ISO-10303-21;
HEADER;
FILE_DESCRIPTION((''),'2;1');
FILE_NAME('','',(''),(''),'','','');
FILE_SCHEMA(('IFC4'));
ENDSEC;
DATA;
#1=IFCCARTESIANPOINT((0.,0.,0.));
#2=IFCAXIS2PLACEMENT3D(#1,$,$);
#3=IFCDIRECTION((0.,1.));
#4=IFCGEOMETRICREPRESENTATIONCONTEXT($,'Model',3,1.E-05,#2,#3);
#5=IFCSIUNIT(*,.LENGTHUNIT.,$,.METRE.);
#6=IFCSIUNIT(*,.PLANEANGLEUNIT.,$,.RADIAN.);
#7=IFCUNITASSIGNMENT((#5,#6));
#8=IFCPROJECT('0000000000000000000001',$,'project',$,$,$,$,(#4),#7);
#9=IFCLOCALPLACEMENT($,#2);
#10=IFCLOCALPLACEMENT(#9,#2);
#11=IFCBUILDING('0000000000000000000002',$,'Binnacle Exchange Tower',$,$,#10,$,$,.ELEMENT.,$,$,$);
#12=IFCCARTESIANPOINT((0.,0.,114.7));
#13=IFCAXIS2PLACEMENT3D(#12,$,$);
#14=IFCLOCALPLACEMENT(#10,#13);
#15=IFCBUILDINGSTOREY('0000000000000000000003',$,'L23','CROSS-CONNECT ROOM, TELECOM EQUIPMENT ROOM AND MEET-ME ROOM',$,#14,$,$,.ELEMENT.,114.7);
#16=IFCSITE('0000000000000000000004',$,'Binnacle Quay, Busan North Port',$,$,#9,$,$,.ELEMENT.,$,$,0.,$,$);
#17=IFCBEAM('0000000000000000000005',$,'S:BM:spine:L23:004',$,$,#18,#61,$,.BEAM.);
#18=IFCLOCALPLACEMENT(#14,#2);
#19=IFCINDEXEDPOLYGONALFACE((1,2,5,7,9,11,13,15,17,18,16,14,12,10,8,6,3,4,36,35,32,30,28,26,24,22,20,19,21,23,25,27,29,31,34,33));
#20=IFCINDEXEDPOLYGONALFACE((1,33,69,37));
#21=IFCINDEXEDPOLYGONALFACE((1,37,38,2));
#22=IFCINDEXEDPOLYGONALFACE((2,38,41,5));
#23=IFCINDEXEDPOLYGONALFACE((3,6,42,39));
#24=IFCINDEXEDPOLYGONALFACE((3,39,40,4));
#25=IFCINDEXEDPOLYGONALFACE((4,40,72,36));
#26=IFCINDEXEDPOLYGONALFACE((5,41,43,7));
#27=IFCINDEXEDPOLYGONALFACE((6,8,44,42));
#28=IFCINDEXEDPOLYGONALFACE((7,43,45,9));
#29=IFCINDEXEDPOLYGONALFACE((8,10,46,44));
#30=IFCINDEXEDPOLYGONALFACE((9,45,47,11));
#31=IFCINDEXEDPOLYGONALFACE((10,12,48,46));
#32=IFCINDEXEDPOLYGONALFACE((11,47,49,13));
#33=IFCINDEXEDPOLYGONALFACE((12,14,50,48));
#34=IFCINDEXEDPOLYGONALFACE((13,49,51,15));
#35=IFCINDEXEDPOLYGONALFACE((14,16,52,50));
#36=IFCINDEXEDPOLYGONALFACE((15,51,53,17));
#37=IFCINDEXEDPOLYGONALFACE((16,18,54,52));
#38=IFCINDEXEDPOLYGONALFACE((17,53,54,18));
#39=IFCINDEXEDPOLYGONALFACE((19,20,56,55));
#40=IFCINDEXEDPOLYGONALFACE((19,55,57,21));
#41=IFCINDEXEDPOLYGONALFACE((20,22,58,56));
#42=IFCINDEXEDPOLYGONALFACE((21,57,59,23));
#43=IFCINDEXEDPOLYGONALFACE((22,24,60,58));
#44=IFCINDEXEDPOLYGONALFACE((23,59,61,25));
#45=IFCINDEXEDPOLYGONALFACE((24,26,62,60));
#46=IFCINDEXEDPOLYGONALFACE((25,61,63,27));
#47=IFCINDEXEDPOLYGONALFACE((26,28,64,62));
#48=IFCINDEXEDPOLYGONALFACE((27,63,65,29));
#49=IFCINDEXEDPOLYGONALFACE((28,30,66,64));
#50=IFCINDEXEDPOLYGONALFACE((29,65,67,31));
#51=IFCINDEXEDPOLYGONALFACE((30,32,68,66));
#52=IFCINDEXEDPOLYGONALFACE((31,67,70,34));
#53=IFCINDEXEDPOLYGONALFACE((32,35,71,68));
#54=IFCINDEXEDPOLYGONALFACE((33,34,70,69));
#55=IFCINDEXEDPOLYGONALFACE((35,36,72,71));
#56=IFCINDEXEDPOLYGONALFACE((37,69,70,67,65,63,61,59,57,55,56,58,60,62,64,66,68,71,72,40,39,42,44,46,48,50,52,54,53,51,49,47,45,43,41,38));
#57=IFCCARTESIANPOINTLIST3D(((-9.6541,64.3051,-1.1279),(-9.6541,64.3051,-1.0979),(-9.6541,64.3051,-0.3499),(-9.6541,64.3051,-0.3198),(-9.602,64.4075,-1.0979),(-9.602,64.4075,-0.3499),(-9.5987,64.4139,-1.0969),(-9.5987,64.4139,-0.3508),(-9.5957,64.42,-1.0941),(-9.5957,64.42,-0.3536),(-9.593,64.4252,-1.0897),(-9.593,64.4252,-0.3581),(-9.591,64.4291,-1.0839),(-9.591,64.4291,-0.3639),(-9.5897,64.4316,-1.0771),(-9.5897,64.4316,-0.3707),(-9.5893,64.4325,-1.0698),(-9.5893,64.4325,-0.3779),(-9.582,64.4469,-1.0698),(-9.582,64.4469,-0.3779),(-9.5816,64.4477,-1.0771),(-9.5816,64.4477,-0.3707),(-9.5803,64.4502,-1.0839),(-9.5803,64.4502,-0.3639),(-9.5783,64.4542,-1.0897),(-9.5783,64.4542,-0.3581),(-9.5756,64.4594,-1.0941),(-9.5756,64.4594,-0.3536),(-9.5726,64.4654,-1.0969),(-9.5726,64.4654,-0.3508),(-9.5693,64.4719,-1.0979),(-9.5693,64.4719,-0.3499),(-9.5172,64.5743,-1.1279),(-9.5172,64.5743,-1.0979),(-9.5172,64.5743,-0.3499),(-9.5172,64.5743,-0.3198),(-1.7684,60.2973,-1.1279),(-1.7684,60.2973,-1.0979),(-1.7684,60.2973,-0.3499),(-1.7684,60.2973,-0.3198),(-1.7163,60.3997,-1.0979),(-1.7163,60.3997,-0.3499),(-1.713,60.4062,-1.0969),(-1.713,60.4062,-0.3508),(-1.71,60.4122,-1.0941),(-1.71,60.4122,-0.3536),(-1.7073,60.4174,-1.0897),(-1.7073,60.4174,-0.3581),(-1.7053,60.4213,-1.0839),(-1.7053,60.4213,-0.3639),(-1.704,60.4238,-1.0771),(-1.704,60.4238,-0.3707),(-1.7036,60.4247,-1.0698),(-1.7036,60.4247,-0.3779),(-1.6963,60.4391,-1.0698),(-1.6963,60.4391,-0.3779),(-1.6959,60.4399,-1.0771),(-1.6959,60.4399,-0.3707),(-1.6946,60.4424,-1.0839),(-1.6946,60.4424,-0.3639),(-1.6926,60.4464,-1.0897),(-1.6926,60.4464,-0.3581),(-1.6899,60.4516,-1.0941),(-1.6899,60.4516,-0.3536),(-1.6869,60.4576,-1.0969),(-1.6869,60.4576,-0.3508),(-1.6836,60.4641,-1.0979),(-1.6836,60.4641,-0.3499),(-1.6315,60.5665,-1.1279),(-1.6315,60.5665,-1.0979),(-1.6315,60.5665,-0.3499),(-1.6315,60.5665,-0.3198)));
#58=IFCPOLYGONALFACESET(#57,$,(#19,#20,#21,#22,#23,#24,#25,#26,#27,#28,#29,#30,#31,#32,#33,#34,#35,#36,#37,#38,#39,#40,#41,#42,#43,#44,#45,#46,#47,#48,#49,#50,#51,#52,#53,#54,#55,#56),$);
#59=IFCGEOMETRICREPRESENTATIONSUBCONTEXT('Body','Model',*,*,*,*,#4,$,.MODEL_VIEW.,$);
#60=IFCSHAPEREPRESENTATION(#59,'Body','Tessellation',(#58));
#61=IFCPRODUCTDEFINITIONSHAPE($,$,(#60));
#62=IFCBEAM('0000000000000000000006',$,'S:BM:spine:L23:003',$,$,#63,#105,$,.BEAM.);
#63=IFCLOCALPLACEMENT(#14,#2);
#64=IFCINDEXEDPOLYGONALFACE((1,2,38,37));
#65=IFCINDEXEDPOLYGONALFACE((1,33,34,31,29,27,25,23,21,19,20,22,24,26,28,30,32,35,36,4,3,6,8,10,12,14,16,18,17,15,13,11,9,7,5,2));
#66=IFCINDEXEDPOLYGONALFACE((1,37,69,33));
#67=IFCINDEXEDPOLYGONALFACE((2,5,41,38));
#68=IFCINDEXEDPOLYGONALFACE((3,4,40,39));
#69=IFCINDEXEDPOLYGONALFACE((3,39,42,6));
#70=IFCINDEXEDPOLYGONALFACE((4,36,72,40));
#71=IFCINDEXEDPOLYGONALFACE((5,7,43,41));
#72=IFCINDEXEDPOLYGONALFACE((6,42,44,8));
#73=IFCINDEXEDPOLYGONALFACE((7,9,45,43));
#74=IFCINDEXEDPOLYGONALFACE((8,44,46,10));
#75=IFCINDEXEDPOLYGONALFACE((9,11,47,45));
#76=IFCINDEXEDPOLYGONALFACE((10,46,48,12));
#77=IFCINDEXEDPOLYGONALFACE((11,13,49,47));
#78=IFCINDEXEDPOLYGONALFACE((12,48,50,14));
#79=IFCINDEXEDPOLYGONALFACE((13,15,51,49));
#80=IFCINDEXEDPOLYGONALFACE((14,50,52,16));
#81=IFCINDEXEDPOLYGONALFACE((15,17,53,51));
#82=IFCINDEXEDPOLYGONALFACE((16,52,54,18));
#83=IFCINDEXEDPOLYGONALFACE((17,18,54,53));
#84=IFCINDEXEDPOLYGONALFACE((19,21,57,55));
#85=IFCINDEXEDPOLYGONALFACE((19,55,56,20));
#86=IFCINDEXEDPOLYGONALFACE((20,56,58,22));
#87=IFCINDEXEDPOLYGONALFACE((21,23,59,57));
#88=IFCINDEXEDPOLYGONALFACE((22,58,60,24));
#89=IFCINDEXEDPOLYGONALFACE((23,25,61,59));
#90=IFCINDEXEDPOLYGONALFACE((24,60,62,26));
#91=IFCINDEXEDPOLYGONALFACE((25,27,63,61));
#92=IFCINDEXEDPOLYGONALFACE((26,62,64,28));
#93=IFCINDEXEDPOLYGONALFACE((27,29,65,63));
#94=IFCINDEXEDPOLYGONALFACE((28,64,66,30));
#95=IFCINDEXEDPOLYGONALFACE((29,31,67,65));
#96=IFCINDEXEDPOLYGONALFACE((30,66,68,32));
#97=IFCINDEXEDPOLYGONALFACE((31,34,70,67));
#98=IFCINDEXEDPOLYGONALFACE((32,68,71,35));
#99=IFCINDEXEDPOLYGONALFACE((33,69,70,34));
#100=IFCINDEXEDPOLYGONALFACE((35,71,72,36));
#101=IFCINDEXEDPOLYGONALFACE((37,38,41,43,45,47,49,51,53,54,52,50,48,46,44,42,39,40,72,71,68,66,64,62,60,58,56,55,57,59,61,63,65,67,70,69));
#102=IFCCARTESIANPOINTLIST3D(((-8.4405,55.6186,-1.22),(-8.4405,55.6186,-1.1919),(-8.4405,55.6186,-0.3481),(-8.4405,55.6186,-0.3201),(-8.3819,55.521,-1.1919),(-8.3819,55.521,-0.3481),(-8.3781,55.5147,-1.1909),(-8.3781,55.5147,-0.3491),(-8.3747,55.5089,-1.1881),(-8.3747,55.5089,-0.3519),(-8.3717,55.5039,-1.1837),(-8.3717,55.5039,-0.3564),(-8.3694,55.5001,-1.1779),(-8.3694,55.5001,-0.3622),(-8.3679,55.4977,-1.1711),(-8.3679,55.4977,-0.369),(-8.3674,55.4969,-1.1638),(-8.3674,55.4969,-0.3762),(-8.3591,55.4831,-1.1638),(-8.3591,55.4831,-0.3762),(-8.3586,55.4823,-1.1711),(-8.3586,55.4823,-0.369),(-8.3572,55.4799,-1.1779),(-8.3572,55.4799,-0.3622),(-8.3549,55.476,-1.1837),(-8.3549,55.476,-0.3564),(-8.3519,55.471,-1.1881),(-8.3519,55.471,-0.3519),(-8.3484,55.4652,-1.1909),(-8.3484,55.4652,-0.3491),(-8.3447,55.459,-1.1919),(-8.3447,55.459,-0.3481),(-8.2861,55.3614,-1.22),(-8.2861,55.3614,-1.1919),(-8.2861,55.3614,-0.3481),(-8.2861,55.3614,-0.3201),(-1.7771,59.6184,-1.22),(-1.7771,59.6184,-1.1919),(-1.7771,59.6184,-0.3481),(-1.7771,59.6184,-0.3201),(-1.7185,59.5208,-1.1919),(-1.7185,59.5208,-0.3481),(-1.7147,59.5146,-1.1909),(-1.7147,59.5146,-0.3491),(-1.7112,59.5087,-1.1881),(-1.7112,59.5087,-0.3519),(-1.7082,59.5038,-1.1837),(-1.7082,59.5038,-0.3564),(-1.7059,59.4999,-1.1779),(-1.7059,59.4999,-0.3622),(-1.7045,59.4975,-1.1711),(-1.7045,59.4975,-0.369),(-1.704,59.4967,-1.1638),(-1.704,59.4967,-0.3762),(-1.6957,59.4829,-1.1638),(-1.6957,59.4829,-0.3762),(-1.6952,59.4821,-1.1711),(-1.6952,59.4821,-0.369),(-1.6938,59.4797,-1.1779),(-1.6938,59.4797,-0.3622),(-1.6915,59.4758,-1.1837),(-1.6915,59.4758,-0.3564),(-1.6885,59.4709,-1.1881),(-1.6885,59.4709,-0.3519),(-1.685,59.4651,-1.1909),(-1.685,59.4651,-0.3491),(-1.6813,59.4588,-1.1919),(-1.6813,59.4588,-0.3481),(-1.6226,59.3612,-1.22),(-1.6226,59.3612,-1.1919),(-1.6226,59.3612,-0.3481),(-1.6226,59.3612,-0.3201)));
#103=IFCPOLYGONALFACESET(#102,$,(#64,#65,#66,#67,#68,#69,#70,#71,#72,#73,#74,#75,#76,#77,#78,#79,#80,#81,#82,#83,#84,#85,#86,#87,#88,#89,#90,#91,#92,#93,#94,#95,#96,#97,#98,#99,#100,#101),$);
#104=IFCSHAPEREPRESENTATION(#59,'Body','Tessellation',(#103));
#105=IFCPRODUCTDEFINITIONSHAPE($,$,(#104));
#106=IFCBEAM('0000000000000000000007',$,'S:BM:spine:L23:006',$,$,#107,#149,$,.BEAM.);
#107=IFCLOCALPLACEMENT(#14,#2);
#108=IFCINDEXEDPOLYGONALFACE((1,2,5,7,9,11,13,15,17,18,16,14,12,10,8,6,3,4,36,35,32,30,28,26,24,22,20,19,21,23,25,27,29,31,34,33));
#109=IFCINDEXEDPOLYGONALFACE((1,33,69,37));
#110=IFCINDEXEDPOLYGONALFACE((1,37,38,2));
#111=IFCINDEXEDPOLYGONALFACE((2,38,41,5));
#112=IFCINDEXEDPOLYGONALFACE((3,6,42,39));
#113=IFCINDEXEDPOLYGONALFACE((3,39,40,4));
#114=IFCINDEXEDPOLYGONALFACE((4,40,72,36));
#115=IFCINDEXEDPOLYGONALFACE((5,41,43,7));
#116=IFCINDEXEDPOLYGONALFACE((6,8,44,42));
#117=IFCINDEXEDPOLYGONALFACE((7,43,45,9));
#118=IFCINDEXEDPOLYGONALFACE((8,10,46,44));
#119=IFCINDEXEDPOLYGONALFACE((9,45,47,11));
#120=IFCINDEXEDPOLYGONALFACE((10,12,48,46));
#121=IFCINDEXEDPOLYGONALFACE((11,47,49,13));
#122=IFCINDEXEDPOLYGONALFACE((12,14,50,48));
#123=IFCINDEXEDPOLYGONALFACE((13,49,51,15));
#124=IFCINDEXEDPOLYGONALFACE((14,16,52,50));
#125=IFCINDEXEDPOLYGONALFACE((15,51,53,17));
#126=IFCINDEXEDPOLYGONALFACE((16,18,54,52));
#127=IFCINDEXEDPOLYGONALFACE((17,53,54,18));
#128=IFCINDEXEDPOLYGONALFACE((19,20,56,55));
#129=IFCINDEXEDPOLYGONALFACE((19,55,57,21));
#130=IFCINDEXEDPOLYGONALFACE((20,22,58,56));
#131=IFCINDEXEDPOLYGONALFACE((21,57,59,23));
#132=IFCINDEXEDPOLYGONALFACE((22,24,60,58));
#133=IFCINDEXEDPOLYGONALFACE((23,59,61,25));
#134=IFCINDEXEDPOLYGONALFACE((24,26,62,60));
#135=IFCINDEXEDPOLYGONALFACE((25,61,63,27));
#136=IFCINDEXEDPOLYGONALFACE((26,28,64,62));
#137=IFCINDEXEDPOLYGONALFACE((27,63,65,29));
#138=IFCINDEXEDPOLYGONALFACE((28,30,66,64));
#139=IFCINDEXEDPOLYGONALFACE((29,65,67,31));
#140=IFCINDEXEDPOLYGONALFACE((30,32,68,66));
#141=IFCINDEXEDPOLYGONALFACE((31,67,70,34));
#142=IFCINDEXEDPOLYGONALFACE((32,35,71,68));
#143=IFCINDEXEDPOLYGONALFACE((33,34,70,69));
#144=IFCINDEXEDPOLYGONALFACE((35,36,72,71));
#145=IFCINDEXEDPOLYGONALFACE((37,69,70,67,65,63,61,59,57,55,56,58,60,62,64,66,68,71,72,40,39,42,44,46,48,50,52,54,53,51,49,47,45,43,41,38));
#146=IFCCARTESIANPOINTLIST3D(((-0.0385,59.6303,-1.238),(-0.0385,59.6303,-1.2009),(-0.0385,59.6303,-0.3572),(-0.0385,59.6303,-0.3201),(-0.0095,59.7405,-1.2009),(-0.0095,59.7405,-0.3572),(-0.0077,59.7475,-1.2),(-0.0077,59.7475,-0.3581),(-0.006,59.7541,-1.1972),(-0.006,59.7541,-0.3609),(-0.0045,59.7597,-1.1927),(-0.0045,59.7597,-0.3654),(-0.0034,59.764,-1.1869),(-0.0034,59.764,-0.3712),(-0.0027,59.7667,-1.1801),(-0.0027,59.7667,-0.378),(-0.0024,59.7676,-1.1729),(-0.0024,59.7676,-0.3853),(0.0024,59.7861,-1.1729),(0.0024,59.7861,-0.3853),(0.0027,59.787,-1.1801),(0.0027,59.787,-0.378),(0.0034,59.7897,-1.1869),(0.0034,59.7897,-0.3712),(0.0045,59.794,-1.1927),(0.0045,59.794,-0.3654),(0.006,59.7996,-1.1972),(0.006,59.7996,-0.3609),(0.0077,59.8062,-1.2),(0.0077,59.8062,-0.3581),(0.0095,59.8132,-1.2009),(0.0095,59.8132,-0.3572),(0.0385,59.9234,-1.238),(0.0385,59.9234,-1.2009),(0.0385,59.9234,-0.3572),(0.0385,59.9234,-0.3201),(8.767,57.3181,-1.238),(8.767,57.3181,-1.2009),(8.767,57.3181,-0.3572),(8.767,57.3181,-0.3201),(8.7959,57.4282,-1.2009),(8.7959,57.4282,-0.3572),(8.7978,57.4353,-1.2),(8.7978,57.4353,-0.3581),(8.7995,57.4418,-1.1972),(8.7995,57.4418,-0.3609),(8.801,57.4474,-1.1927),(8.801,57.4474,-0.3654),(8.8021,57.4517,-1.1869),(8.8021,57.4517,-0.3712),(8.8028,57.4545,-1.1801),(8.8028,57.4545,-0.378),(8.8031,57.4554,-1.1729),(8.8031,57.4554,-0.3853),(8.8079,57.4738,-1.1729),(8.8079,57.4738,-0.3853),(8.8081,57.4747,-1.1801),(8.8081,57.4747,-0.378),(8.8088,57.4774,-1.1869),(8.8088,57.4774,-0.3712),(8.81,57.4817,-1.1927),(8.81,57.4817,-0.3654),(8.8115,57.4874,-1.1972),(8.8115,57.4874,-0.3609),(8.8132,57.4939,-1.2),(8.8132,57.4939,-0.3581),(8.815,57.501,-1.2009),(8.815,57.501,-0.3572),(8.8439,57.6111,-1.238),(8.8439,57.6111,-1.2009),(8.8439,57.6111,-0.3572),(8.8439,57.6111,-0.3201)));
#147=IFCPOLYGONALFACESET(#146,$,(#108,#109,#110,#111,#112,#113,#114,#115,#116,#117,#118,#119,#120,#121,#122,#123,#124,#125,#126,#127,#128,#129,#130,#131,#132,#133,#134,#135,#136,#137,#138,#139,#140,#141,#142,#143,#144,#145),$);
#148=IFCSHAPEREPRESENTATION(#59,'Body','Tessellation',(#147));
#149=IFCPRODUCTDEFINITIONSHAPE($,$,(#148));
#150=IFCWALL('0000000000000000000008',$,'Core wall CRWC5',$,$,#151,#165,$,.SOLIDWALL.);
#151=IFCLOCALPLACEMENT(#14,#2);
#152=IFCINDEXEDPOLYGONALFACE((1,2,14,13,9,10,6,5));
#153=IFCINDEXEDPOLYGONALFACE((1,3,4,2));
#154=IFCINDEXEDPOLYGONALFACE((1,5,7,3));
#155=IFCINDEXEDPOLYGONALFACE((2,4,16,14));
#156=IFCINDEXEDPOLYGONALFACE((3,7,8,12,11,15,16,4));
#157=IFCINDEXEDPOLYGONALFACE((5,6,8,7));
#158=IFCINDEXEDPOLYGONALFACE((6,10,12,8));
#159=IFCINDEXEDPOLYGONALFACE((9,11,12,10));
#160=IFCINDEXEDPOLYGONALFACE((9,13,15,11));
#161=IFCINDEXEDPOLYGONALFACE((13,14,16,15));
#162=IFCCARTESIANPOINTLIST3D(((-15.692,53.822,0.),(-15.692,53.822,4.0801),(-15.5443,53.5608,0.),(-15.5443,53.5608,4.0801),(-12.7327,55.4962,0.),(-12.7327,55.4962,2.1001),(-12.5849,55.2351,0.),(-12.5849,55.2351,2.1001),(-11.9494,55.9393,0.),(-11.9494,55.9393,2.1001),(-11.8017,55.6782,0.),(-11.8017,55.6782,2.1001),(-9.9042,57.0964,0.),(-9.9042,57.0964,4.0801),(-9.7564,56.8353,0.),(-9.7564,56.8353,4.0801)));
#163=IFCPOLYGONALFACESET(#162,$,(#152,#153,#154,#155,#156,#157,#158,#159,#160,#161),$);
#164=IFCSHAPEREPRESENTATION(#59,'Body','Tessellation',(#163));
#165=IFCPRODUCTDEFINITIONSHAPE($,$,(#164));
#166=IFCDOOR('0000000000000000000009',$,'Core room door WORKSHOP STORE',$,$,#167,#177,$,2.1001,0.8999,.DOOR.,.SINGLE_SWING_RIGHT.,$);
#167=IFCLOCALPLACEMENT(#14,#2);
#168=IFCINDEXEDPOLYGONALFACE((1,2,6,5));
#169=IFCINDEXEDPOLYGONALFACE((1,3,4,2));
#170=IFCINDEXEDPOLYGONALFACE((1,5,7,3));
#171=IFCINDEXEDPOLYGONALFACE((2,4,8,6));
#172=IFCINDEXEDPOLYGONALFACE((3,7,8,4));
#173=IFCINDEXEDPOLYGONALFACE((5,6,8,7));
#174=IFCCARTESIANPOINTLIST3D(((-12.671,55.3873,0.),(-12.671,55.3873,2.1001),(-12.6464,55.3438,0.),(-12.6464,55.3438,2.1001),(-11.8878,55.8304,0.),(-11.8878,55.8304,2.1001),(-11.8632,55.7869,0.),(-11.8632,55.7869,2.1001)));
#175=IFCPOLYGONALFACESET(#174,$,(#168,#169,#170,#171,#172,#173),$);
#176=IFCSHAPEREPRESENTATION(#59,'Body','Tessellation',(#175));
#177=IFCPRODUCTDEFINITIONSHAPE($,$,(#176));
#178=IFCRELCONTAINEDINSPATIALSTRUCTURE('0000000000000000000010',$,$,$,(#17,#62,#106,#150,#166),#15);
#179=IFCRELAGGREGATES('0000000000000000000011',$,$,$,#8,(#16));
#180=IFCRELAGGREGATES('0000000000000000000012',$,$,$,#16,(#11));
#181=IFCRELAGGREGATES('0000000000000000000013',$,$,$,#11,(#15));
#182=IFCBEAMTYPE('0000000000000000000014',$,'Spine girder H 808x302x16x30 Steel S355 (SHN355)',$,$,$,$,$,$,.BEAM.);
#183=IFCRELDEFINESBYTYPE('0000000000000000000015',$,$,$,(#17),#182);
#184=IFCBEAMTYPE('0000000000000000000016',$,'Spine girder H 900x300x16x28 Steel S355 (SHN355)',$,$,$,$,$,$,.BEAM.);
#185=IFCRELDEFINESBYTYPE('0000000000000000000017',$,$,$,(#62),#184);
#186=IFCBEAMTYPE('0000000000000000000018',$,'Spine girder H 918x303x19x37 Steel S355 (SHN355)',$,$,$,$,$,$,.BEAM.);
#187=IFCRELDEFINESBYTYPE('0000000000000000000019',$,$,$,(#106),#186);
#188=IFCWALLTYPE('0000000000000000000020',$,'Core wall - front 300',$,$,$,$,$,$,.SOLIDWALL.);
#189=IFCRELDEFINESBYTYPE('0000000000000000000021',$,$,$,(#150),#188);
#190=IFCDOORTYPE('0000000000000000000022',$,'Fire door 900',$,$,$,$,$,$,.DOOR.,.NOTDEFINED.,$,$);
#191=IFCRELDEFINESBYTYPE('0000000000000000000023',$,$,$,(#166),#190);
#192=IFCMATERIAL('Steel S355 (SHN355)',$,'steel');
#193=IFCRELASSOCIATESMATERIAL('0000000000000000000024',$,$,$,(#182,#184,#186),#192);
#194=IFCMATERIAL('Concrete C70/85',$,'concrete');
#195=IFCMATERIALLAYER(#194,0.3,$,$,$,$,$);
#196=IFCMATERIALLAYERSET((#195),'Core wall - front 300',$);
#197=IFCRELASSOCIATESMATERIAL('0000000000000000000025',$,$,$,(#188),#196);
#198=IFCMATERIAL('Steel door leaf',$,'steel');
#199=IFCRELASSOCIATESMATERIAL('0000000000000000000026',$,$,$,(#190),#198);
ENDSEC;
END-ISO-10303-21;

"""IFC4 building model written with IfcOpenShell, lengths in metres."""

from ifc_helpers import new_model, si_unit, direction, frame, frame_2d, origin, origin_2d, place, context, subcontext, project, spatial, rectangle, i_section, extrude, material, layer, layer_set, material_profile, profile_set, type_object, element, fill, save


model = new_model("IFC4")

# Units and contexts
model_context = context("Model", 3, precision=1e-05, world=origin(), true_north=direction((0.0, 1.0)))
body_context = subcontext(model_context, "Body", "Model", "MODEL_VIEW")
ifc_project = project(units=[si_unit("LENGTHUNIT", "METRE"), si_unit("PLANEANGLEUNIT", "RADIAN")], contexts=[model_context])

# Site, building, storey
site_placement = place(None, origin())
site = spatial("IfcSite", under=ifc_project, at=site_placement, Name="Binnacle Quay, Busan North Port", CompositionType="ELEMENT", RefElevation=0.0)
building_placement = place(site_placement, origin())
building = spatial("IfcBuilding", under=site, at=building_placement, Name="Binnacle Exchange Tower", CompositionType="ELEMENT")
storey_placement = place(building_placement, frame((0.0, 0.0, 114.7)))
storey = spatial("IfcBuildingStorey", under=building, at=storey_placement, Name="L23", Description="CROSS-CONNECT ROOM, TELECOM EQUIPMENT ROOM AND MEET-ME ROOM", CompositionType="ELEMENT", Elevation=114.7)

# Shared definitions
ifc_material_1 = material(Name="Concrete C70/85", Category="concrete")

# Beams
ifc_material_2 = material(Name="Steel S355 (SHN355)", Category="steel")
ifc_material_profile_1 = material_profile(ifc_material_2, i_section(OverallWidth=0.302, OverallDepth=0.8081, WebThickness=0.0161, FlangeThickness=0.03, FilletRadius=0.0281, at=origin_2d()), Name="H 808x302x16x30")
ifc_profile_set_1 = profile_set([ifc_material_profile_1], Name="Steel S355 (SHN355)")
beam_type_1 = type_object("IfcBeamType", Name="Spine girder H 808x302x16x30 Steel S355 (SHN355)", PredefinedType="BEAM", material=ifc_profile_set_1)
beam_1_placement = place(storey_placement, frame((-1.7, 60.4319, -0.7239), z_axis=(-0.891471, 0.453077, 0.0), x_axis=(-0.453077, -0.891471, 0.0)))
element("IfcBeam", 1, at=beam_1_placement, inside=storey, type_object=beam_type_1, Name="S:BM:spine:L23:004", PredefinedType="BEAM", context=body_context, shape_type="SweptSolid", body=[
    extrude(i_section(OverallWidth=0.302, OverallDepth=0.8081, WebThickness=0.0161, FlangeThickness=0.03, FilletRadius=0.0281, at=origin_2d()), origin(), (0.0, 0.0, 1.0), 8.8457),
])
ifc_material_profile_2 = material_profile(ifc_material_2, i_section(OverallWidth=0.3, OverallDepth=0.8999, WebThickness=0.0161, FlangeThickness=0.0281, FilletRadius=0.0281, at=origin_2d()), Name="H 900x300x16x28")
ifc_profile_set_2 = profile_set([ifc_material_profile_2], Name="Steel S355 (SHN355)")
beam_type_2 = type_object("IfcBeamType", Name="Spine girder H 900x300x16x28 Steel S355 (SHN355)", PredefinedType="BEAM", material=ifc_profile_set_2)
beam_2_placement = place(storey_placement, frame((-8.3633, 55.49, -0.77), z_axis=(0.857393, 0.514662, 0.0), x_axis=(-0.514662, 0.857393, 0.0)))
element("IfcBeam", 2, at=beam_2_placement, inside=storey, type_object=beam_type_2, Name="S:BM:spine:L23:003", PredefinedType="BEAM", context=body_context, shape_type="SweptSolid", body=[
    extrude(i_section(OverallWidth=0.3, OverallDepth=0.8999, WebThickness=0.0161, FlangeThickness=0.0281, FilletRadius=0.0281, at=origin_2d()), origin(), (0.0, 0.0, 1.0), 7.7717),
])
ifc_material_profile_3 = material_profile(ifc_material_2, i_section(OverallWidth=0.303, OverallDepth=0.918, WebThickness=0.019, FlangeThickness=0.0371, FilletRadius=0.0281, at=origin_2d()), Name="H 918x303x19x37")
ifc_profile_set_3 = profile_set([ifc_material_profile_3], Name="Steel S355 (SHN355)")
beam_type_3 = type_object("IfcBeamType", Name="Spine girder H 918x303x19x37 Steel S355 (SHN355)", PredefinedType="BEAM", material=ifc_profile_set_3)
beam_3_placement = place(storey_placement, frame((0.0, 59.7769, -0.7791), z_axis=(0.967208, -0.253984, 0.0), x_axis=(0.253984, 0.967208, 0.0)))
element("IfcBeam", 3, at=beam_3_placement, inside=storey, type_object=beam_type_3, Name="S:BM:spine:L23:006", PredefinedType="BEAM", context=body_context, shape_type="SweptSolid", body=[
    extrude(i_section(OverallWidth=0.303, OverallDepth=0.918, WebThickness=0.019, FlangeThickness=0.0371, FilletRadius=0.0281, at=origin_2d()), origin(), (0.0, 0.0, 1.0), 9.104),
])

# Wall, opening, door
ifc_layer_1 = layer(ifc_material_1, 0.3)
ifc_layer_set_1 = layer_set([ifc_layer_1], Name="Core wall - front 300")
wall_type_1 = type_object("IfcWallType", Name="Core wall - front 300", PredefinedType="SOLIDWALL", material=ifc_layer_set_1)
wall_1_placement = place(storey_placement, frame((-15.6182, 53.6914, 0.0), z_axis=(0.0, 0.0, 1.0), x_axis=(0.870368, 0.492402, 0.0)))
wall_1 = element("IfcWall", 4, at=wall_1_placement, inside=storey, type_object=wall_type_1, Name="Core wall CRWC5", PredefinedType="SOLIDWALL", context=body_context, shape_type="SweptSolid", body=[
    extrude(rectangle(XDim=6.6499, YDim=0.3, at=frame_2d((3.325, 0.0))), origin(), (0.0, 0.0, 1.0), 4.0801),
])
opening_placement = place(wall_1_placement, frame((3.4001, 0.0, 0.0)))
opening = element("IfcOpeningElement", 5, at=opening_placement, cuts=wall_1, PredefinedType="OPENING", context=body_context, shape_type="SweptSolid", body=[
    extrude(rectangle(XDim=0.8999, YDim=2.1001, at=frame_2d((0.45, 1.05))), frame((0.0, 0.1599, 0.0), z_axis=(0.0, -1.0, 0.0), x_axis=(1.0, 0.0, 0.0)), (0.0, 0.0, 1.0), 0.3201),
])
ifc_material_3 = material(Name="Steel door leaf", Category="steel")
door_type = type_object("IfcDoorType", Name="Fire door 900", OperationType="NOTDEFINED", PredefinedType="DOOR", material=ifc_material_3)
door_placement = place(opening_placement, origin())
door = element("IfcDoor", 6, at=door_placement, inside=storey, type_object=door_type, Name="Core room door WORKSHOP STORE", OperationType="SINGLE_SWING_RIGHT", OverallHeight=2.1001, OverallWidth=0.8999, PredefinedType="DOOR", context=body_context, shape_type="SweptSolid", body=[
    extrude(rectangle(XDim=0.8999, YDim=2.1001, at=frame_2d((0.45, 1.05))), frame((0.0, 0.0249, 0.0), z_axis=(0.0, -1.0, 0.0), x_axis=(1.0, 0.0, 0.0)), (0.0, 0.0, 1.0), 0.05),
])
fill(opening, door)

save(model, "model.ifc")
